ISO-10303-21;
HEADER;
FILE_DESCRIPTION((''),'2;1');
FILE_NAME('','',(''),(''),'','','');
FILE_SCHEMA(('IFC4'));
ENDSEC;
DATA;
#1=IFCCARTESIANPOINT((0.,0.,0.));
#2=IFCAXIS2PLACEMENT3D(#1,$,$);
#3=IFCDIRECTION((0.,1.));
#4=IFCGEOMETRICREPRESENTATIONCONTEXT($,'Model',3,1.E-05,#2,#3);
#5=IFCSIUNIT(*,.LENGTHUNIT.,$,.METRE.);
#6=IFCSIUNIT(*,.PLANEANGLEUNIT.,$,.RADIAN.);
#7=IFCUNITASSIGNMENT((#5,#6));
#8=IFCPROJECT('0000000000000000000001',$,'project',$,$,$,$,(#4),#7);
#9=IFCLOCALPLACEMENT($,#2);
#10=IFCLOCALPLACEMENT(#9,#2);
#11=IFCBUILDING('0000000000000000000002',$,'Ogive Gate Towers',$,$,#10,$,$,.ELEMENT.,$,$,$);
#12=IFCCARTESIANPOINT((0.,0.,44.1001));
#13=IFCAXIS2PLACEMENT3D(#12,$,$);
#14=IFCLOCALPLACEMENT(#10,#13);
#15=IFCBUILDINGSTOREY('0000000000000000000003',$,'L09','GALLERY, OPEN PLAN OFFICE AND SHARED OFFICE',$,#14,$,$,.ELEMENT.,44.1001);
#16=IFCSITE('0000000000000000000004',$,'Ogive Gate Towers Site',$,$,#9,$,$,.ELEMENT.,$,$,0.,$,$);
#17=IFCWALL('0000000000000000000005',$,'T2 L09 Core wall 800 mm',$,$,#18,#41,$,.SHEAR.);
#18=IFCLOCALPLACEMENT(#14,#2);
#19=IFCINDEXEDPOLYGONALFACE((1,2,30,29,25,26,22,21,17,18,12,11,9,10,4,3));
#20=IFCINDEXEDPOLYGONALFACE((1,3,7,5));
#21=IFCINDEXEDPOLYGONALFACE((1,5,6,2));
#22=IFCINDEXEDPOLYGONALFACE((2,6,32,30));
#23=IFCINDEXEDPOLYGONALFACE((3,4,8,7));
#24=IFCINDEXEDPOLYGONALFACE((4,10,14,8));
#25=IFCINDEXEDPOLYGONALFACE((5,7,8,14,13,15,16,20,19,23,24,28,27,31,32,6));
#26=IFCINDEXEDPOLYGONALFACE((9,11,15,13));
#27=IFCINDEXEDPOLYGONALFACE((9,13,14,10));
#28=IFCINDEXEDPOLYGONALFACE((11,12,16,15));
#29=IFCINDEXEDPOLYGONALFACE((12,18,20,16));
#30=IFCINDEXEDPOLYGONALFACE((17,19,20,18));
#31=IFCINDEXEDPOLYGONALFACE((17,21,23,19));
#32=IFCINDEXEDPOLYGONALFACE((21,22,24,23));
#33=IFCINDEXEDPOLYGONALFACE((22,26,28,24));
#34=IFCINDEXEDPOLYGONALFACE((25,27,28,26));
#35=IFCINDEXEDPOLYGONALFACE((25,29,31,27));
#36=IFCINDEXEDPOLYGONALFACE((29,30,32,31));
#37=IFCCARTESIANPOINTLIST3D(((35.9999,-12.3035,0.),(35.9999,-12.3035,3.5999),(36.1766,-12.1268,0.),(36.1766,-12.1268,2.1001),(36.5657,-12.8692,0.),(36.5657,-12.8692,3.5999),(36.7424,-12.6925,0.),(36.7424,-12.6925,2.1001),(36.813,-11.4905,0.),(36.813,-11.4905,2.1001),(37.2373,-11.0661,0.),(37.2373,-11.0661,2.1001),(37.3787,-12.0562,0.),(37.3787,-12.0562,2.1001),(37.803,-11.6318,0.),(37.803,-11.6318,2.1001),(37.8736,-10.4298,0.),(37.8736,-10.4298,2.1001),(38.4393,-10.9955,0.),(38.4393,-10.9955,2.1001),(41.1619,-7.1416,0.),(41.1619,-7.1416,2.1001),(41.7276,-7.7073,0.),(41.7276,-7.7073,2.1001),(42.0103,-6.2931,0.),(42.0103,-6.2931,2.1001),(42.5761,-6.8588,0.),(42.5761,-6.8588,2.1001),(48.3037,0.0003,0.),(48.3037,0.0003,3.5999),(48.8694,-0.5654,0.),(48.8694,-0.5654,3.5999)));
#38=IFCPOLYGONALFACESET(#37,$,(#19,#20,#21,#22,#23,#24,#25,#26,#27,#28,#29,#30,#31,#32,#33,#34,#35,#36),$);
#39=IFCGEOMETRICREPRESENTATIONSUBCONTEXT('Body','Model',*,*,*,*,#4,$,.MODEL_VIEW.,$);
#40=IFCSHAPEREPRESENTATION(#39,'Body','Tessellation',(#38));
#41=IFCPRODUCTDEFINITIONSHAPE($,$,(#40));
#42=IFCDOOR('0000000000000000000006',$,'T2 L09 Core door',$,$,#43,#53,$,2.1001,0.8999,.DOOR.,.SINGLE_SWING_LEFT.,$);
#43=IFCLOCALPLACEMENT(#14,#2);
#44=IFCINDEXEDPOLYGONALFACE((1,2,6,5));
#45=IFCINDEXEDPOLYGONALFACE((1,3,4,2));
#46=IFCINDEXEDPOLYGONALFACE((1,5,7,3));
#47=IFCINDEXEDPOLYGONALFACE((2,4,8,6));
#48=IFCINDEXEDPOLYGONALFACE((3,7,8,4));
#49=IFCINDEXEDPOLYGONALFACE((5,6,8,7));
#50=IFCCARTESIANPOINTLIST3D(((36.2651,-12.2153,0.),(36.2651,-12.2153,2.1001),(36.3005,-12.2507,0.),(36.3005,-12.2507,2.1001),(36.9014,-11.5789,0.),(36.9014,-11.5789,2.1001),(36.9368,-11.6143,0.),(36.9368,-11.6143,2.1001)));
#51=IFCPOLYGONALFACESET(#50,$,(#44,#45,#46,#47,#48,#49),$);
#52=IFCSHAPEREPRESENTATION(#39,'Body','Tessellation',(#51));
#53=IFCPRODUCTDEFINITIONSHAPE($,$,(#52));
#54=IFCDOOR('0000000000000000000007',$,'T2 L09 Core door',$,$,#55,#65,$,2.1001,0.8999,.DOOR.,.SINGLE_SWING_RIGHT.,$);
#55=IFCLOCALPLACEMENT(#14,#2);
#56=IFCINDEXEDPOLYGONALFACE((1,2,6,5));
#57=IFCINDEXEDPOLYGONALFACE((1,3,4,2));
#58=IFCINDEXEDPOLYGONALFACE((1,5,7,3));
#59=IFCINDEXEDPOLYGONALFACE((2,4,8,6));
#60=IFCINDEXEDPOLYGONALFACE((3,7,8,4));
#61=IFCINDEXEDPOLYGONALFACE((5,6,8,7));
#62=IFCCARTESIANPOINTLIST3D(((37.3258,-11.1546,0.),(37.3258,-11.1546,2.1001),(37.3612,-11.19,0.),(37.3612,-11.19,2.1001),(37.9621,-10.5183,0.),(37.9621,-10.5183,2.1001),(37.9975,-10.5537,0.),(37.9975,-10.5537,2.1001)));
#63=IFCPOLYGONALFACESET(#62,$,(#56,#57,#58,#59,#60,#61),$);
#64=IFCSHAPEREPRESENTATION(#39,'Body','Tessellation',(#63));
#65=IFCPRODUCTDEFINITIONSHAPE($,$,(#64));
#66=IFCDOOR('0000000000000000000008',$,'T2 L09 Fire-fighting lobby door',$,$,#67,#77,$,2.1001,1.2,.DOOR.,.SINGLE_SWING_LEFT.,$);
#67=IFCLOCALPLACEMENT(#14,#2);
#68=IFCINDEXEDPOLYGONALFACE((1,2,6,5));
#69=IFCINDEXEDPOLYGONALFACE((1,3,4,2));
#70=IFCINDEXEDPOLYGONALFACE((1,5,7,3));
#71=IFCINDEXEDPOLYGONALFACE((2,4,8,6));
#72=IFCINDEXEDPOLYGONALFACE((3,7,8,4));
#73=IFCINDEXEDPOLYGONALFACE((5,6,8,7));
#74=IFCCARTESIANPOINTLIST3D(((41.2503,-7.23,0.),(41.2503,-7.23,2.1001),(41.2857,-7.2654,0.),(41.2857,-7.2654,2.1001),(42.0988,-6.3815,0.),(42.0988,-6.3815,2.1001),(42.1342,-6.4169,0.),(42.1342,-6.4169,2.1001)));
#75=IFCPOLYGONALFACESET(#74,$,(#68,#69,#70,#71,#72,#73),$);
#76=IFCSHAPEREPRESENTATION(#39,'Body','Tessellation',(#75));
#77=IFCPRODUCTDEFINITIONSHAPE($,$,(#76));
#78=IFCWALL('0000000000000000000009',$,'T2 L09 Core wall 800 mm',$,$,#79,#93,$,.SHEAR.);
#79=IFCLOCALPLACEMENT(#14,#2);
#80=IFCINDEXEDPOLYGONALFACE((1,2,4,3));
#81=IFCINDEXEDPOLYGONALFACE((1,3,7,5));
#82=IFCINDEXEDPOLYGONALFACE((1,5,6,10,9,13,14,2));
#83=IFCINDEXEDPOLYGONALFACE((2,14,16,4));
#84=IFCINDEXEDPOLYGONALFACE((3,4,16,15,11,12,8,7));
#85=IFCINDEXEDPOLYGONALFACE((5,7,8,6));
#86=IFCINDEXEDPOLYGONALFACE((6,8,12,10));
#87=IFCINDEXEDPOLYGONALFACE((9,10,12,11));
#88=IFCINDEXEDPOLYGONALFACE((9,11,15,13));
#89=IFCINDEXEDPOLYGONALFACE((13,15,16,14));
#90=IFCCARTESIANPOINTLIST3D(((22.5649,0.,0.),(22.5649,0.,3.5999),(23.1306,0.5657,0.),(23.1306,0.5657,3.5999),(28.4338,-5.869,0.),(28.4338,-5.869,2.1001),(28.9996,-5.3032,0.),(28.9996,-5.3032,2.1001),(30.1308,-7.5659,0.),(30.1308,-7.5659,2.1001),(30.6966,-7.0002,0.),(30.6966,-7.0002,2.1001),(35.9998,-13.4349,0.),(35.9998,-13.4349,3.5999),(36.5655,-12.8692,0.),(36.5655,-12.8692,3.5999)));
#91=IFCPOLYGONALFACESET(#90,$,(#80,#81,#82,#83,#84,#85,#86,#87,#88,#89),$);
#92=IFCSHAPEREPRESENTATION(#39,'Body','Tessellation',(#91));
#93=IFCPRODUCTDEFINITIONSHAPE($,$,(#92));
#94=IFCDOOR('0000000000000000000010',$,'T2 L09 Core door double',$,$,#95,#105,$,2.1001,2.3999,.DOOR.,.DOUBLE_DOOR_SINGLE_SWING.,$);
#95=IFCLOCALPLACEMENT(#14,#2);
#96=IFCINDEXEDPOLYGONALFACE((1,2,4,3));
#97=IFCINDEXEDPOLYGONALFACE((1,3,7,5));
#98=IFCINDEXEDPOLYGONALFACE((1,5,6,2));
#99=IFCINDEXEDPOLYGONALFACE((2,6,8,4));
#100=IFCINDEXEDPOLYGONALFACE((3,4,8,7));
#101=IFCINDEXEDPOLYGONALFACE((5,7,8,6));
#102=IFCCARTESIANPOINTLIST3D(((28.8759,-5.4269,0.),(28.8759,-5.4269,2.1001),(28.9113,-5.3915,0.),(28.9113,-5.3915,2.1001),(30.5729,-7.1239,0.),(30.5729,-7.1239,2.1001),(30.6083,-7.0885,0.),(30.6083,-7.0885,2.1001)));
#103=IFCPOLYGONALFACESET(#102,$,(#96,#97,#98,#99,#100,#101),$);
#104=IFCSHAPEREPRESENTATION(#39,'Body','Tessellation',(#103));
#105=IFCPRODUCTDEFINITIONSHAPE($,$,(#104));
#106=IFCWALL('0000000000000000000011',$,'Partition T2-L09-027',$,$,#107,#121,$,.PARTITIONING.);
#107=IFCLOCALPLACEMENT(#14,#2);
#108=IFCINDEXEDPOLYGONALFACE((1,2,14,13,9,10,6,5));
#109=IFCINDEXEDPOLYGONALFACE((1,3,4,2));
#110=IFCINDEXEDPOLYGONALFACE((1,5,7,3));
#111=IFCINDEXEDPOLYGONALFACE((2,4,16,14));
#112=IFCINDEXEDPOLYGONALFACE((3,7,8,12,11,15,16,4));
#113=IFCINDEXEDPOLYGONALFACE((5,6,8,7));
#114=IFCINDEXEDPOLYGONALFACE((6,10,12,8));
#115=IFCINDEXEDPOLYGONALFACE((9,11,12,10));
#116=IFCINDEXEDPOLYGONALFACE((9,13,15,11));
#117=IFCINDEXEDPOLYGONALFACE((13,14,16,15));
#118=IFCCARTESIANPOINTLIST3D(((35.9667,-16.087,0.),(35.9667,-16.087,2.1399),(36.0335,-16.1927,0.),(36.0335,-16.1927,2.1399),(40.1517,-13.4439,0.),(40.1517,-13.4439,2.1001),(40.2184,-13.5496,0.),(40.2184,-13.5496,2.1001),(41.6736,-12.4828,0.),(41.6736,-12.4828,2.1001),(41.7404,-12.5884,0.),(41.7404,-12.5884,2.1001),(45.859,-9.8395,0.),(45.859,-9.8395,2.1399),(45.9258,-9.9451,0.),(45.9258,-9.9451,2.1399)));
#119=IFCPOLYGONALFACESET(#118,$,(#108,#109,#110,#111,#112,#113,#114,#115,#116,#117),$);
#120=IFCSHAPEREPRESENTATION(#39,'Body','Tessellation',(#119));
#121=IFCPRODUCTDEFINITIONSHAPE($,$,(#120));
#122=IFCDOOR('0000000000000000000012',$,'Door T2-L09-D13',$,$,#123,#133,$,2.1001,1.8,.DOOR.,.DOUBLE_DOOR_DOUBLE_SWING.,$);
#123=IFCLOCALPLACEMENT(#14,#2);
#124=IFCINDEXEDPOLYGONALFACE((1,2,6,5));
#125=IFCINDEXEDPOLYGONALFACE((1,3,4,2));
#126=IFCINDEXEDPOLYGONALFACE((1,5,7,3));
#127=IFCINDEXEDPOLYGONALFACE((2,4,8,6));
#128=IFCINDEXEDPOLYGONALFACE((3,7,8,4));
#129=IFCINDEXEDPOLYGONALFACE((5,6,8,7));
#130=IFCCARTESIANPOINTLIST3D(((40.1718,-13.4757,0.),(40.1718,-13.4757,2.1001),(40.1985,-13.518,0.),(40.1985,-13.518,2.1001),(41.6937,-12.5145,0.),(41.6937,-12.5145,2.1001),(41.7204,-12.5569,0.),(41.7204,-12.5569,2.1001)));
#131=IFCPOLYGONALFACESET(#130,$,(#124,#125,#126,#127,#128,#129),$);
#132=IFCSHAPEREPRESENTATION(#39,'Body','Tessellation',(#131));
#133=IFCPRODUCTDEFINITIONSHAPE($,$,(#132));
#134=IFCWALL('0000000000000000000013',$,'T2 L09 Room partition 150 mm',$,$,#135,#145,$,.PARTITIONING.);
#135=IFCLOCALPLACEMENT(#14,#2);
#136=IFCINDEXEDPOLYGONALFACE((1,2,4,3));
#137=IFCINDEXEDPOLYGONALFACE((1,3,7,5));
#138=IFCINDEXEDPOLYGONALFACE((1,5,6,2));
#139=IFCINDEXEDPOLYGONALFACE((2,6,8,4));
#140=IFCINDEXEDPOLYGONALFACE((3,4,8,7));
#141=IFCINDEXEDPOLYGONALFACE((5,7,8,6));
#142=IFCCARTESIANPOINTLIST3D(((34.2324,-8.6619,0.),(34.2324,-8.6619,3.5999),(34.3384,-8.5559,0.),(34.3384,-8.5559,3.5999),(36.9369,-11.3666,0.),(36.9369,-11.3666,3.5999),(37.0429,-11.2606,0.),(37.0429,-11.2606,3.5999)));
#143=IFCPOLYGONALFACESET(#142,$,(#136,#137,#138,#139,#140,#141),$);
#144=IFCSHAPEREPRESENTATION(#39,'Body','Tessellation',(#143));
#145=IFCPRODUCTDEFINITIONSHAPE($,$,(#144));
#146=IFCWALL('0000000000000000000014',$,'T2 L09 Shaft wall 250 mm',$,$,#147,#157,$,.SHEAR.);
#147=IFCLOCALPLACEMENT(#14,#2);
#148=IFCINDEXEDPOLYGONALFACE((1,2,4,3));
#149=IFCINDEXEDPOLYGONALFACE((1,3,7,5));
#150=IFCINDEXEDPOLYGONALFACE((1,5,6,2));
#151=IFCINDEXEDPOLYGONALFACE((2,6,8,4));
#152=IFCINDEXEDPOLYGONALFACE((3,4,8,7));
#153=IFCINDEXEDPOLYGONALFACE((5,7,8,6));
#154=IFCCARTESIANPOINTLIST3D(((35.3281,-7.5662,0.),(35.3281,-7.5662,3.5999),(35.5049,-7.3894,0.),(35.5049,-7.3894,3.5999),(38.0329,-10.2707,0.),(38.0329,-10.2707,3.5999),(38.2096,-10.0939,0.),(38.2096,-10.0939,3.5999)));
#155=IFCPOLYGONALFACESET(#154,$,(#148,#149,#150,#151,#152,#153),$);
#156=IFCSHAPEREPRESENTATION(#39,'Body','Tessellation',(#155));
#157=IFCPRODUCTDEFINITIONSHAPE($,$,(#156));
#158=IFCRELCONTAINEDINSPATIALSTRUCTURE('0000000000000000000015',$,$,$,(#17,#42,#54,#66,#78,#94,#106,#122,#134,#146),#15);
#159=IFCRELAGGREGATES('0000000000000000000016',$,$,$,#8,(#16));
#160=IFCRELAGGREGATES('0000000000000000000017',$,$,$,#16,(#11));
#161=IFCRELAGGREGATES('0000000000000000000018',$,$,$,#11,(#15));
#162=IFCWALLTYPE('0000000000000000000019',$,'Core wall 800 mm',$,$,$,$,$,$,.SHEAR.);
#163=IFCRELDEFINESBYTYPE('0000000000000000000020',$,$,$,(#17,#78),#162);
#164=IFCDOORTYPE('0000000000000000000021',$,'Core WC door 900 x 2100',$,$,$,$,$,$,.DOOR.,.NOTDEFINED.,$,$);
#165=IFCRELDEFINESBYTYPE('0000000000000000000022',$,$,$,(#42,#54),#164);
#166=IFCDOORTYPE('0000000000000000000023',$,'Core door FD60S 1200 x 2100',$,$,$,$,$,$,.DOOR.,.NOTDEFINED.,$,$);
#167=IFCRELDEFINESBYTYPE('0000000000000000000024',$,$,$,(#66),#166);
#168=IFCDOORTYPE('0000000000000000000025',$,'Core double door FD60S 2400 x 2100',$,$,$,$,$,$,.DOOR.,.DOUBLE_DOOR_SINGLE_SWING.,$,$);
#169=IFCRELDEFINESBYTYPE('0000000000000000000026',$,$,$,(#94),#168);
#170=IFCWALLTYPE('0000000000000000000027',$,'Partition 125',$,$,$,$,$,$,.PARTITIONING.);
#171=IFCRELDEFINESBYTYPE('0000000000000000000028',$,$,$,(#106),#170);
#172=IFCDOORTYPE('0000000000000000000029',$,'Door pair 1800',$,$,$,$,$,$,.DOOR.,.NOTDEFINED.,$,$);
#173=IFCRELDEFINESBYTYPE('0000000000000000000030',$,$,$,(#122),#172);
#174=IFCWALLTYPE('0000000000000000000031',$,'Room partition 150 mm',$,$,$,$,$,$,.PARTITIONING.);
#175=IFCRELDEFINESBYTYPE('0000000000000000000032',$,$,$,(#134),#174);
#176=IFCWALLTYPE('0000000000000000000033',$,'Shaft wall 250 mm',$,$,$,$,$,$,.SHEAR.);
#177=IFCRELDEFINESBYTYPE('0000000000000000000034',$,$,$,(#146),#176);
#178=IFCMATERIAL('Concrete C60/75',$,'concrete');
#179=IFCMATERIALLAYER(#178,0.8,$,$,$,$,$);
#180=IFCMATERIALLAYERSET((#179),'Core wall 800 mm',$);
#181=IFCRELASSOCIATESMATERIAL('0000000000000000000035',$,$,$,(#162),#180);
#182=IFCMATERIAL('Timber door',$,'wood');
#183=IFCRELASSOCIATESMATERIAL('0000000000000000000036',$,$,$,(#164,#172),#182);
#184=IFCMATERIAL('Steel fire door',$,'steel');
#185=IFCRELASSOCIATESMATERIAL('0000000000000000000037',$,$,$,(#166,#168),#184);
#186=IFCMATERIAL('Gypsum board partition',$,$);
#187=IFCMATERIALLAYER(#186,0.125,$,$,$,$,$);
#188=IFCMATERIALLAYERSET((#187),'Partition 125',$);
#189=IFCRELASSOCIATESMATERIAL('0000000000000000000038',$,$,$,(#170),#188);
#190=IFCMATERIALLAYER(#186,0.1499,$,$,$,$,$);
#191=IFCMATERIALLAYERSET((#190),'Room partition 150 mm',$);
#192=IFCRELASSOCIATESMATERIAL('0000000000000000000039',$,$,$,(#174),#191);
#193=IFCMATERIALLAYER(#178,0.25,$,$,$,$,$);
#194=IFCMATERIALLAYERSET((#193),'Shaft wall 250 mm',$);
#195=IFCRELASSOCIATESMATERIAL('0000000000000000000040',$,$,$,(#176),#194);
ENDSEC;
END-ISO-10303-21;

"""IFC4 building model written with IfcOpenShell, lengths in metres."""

from ifc_helpers import new_model, si_unit, direction, frame, frame_2d, origin, place, context, subcontext, project, spatial, rectangle, extrude, material, layer, layer_set, type_object, element, fill, save


model = new_model("IFC4")

# Units and contexts
model_context = context("Model", 3, precision=1e-05, world=origin(), true_north=direction((0.0, 1.0)))
body_context = subcontext(model_context, "Body", "Model", "MODEL_VIEW")
ifc_project = project(units=[si_unit("LENGTHUNIT", "METRE"), si_unit("PLANEANGLEUNIT", "RADIAN")], contexts=[model_context])

# Site, building, storey
site_placement = place(None, origin())
site = spatial("IfcSite", under=ifc_project, at=site_placement, Name="Ogive Gate Towers Site", CompositionType="ELEMENT", RefElevation=0.0)
building_placement = place(site_placement, origin())
building = spatial("IfcBuilding", under=site, at=building_placement, Name="Ogive Gate Towers", CompositionType="ELEMENT")
storey_placement = place(building_placement, frame((0.0, 0.0, 44.1001)))
storey = spatial("IfcBuildingStorey", under=building, at=storey_placement, Name="L09", Description="GALLERY, OPEN PLAN OFFICE AND SHARED OFFICE", CompositionType="ELEMENT", Elevation=44.1001)

# Wall, openings, doors
ifc_material_1 = material(Name="Concrete C60/75", Category="concrete")
ifc_layer_1 = layer(ifc_material_1, 0.8)
ifc_layer_set_1 = layer_set([ifc_layer_1], Name="Core wall 800 mm")
wall_type_1 = type_object("IfcWallType", Name="Core wall 800 mm", PredefinedType="SHEAR", material=ifc_layer_set_1)
wall_1_placement = place(storey_placement, frame((36.2827, -12.5864, 0.0), z_axis=(0.0, 0.0, 1.0), x_axis=(0.707107, 0.707107, 0.0)))
wall_1 = element("IfcWall", 1, at=wall_1_placement, inside=storey, type_object=wall_type_1, Name="T2 L09 Core wall 800 mm", PredefinedType="SHEAR", context=body_context, shape_type="SweptSolid", body=[
    extrude(rectangle(XDim=17.4001, YDim=0.8, at=frame_2d((8.7002, 0.0))), origin(), (0.0, 0.0, 1.0), 3.5999),
])
opening_1_placement = place(wall_1_placement, frame((7.3, 0.0, 0.0)))
opening_1 = element("IfcOpeningElement", 2, at=opening_1_placement, cuts=wall_1, PredefinedType="OPENING", context=body_context, shape_type="SweptSolid", body=[
    extrude(rectangle(XDim=1.2, YDim=2.1001, at=frame_2d((0.6001, 1.05))), frame((0.0, 0.4102, 0.0), z_axis=(0.0, -1.0, 0.0), x_axis=(1.0, 0.0, 0.0)), (0.0, 0.0, 1.0), 0.8201),
])
opening_2_placement = place(wall_1_placement, frame((0.25, 0.0, 0.0)))
opening_2 = element("IfcOpeningElement", 3, at=opening_2_placement, cuts=wall_1, PredefinedType="OPENING", context=body_context, shape_type="SweptSolid", body=[
    extrude(rectangle(XDim=0.8999, YDim=2.1001, at=frame_2d((0.45, 1.05))), frame((0.0, 0.4102, 0.0), z_axis=(0.0, -1.0, 0.0), x_axis=(1.0, 0.0, 0.0)), (0.0, 0.0, 1.0), 0.8201),
])
opening_3_placement = place(wall_1_placement, frame((1.75, 0.0, 0.0)))
opening_3 = element("IfcOpeningElement", 4, at=opening_3_placement, cuts=wall_1, PredefinedType="OPENING", context=body_context, shape_type="SweptSolid", body=[
    extrude(rectangle(XDim=0.8999, YDim=2.1001, at=frame_2d((0.45, 1.05))), frame((0.0, 0.4102, 0.0), z_axis=(0.0, -1.0, 0.0), x_axis=(1.0, 0.0, 0.0)), (0.0, 0.0, 1.0), 0.8201),
])
ifc_material_2 = material(Name="Timber door", Category="wood")
door_type_1 = type_object("IfcDoorType", Name="Core WC door 900 x 2100", OperationType="NOTDEFINED", PredefinedType="DOOR", material=ifc_material_2)
door_1_placement = place(opening_2_placement, origin())
door_1 = element("IfcDoor", 5, at=door_1_placement, inside=storey, type_object=door_type_1, Name="T2 L09 Core door", OperationType="SINGLE_SWING_LEFT", OverallHeight=2.1001, OverallWidth=0.8999, PredefinedType="DOOR", context=body_context, shape_type="SweptSolid", body=[
    extrude(rectangle(XDim=0.8999, YDim=2.1001, at=frame_2d((0.45, 1.05))), frame((0.0, 0.2749, 0.0), z_axis=(0.0, -1.0, 0.0), x_axis=(1.0, 0.0, 0.0)), (0.0, 0.0, 1.0), 0.05),
])
fill(opening_2, door_1)
door_2_placement = place(opening_3_placement, origin())
door_2 = element("IfcDoor", 6, at=door_2_placement, inside=storey, type_object=door_type_1, Name="T2 L09 Core door", OperationType="SINGLE_SWING_RIGHT", OverallHeight=2.1001, OverallWidth=0.8999, PredefinedType="DOOR", context=body_context, shape_type="SweptSolid", body=[
    extrude(rectangle(XDim=0.8999, YDim=2.1001, at=frame_2d((0.45, 1.05))), frame((0.0, 0.2749, 0.0), z_axis=(0.0, -1.0, 0.0), x_axis=(1.0, 0.0, 0.0)), (0.0, 0.0, 1.0), 0.05),
])
fill(opening_3, door_2)
ifc_material_3 = material(Name="Steel fire door", Category="steel")
door_type_2 = type_object("IfcDoorType", Name="Core door FD60S 1200 x 2100", OperationType="NOTDEFINED", PredefinedType="DOOR", material=ifc_material_3)
door_3_placement = place(opening_1_placement, origin())
door_3 = element("IfcDoor", 7, at=door_3_placement, inside=storey, type_object=door_type_2, Name="T2 L09 Fire-fighting lobby door", OperationType="SINGLE_SWING_LEFT", OverallHeight=2.1001, OverallWidth=1.2, PredefinedType="DOOR", context=body_context, shape_type="SweptSolid", body=[
    extrude(rectangle(XDim=1.2, YDim=2.1001, at=frame_2d((0.6001, 1.05))), frame((0.0, 0.2749, 0.0), z_axis=(0.0, -1.0, 0.0), x_axis=(1.0, 0.0, 0.0)), (0.0, 0.0, 1.0), 0.05),
])
fill(opening_1, door_3)

# Walls, openings, doors
wall_2_placement = place(storey_placement, frame((36.2827, -13.1521, 0.0), z_axis=(0.0, 0.0, 1.0), x_axis=(-0.707107, 0.707107, 0.0)))
wall_2 = element("IfcWall", 8, at=wall_2_placement, inside=storey, type_object=wall_type_1, Name="T2 L09 Core wall 800 mm", PredefinedType="SHEAR", context=body_context, shape_type="SweptSolid", body=[
    extrude(rectangle(XDim=18.9998, YDim=0.8, at=frame_2d((9.5, 0.0))), origin(), (0.0, 0.0, 1.0), 3.5999),
])
opening_4_placement = place(wall_2_placement, frame((8.3, 0.0, 0.0)))
opening_4 = element("IfcOpeningElement", 9, at=opening_4_placement, cuts=wall_2, PredefinedType="OPENING", context=body_context, shape_type="SweptSolid", body=[
    extrude(rectangle(XDim=2.3999, YDim=2.1001, at=frame_2d((1.2, 1.05))), frame((0.0, 0.4102, 0.0), z_axis=(0.0, -1.0, 0.0), x_axis=(1.0, 0.0, 0.0)), (0.0, 0.0, 1.0), 0.8201),
])
door_type_3 = type_object("IfcDoorType", Name="Core double door FD60S 2400 x 2100", OperationType="DOUBLE_DOOR_SINGLE_SWING", PredefinedType="DOOR", material=ifc_material_3)
door_4_placement = place(opening_4_placement, origin())
door_4 = element("IfcDoor", 10, at=door_4_placement, inside=storey, type_object=door_type_3, Name="T2 L09 Core door double", OperationType="DOUBLE_DOOR_SINGLE_SWING", OverallHeight=2.1001, OverallWidth=2.3999, PredefinedType="DOOR", context=body_context, shape_type="SweptSolid", body=[
    extrude(rectangle(XDim=2.3999, YDim=2.1001, at=frame_2d((1.2, 1.05))), frame((0.0, -0.2251, 0.0), z_axis=(0.0, -1.0, 0.0), x_axis=(1.0, 0.0, 0.0)), (0.0, 0.0, 1.0), 0.05),
])
fill(opening_4, door_4)
ifc_material_4 = material(Name="Gypsum board partition")
ifc_layer_2 = layer(ifc_material_4, 0.125)
ifc_layer_set_2 = layer_set([ifc_layer_2], Name="Partition 125")
wall_type_2 = type_object("IfcWallType", Name="Partition 125", PredefinedType="PARTITIONING", material=ifc_layer_set_2)
wall_3_placement = place(storey_placement, frame((36.0, -16.1399, 0.0), z_axis=(0.0, 0.0, 1.0), x_axis=(0.845498, 0.533979, 0.0)))
wall_3 = element("IfcWall", 11, at=wall_3_placement, inside=storey, type_object=wall_type_2, Name="Partition T2-L09-027", PredefinedType="PARTITIONING", context=body_context, shape_type="SweptSolid", body=[
    extrude(rectangle(XDim=11.7, YDim=0.125, at=frame_2d((5.8501, 0.0))), origin(), (0.0, 0.0, 1.0), 2.1399),
])
opening_5_placement = place(wall_3_placement, frame((4.95, 0.0, 0.0)))
opening_5 = element("IfcOpeningElement", 12, at=opening_5_placement, cuts=wall_3, PredefinedType="OPENING", context=body_context, shape_type="SweptSolid", body=[
    extrude(rectangle(XDim=1.8, YDim=2.1001, at=frame_2d((0.8999, 1.05))), frame((0.0, 0.0725, 0.0), z_axis=(0.0, -1.0, 0.0), x_axis=(1.0, 0.0, 0.0)), (0.0, 0.0, 1.0), 0.145),
])
door_type_4 = type_object("IfcDoorType", Name="Door pair 1800", OperationType="NOTDEFINED", PredefinedType="DOOR", material=ifc_material_2)
door_5_placement = place(opening_5_placement, origin())
door_5 = element("IfcDoor", 13, at=door_5_placement, inside=storey, type_object=door_type_4, Name="Door T2-L09-D13", OperationType="DOUBLE_DOOR_DOUBLE_SWING", OverallHeight=2.1001, OverallWidth=1.8, PredefinedType="DOOR", context=body_context, shape_type="SweptSolid", body=[
    extrude(rectangle(XDim=1.8, YDim=2.1001, at=frame_2d((0.8999, 1.05))), frame((0.0, 0.0249, 0.0), z_axis=(0.0, -1.0, 0.0), x_axis=(1.0, 0.0, 0.0)), (0.0, 0.0, 1.0), 0.05),
])
fill(opening_5, door_5)

# Walls
ifc_layer_3 = layer(ifc_material_4, 0.1499)
ifc_layer_set_3 = layer_set([ifc_layer_3], Name="Room partition 150 mm")
wall_type_3 = type_object("IfcWallType", Name="Room partition 150 mm", PredefinedType="PARTITIONING", material=ifc_layer_set_3)
wall_4_placement = place(storey_placement, frame((36.99, -11.3137, 0.0), z_axis=(0.0, 0.0, 1.0), x_axis=(-0.707075, 0.707139, 0.0)))
element("IfcWall", 14, at=wall_4_placement, inside=storey, type_object=wall_type_3, Name="T2 L09 Room partition 150 mm", PredefinedType="PARTITIONING", context=body_context, shape_type="SweptSolid", body=[
    extrude(rectangle(XDim=3.825, YDim=0.1499, at=frame_2d((1.9126, 0.0))), origin(), (0.0, 0.0, 1.0), 3.5999),
])
ifc_layer_4 = layer(ifc_material_1, 0.25)
ifc_layer_set_4 = layer_set([ifc_layer_4], Name="Shaft wall 250 mm")
wall_type_4 = type_object("IfcWallType", Name="Shaft wall 250 mm", PredefinedType="SHEAR", material=ifc_layer_set_4)
wall_5_placement = place(storey_placement, frame((38.1213, -10.1824, 0.0), z_axis=(0.0, 0.0, 1.0), x_axis=(-0.707139, 0.707075, 0.0)))
element("IfcWall", 15, at=wall_5_placement, inside=storey, type_object=wall_type_4, Name="T2 L09 Shaft wall 250 mm", PredefinedType="SHEAR", context=body_context, shape_type="SweptSolid", body=[
    extrude(rectangle(XDim=3.825, YDim=0.25, at=frame_2d((1.9126, 0.0))), origin(), (0.0, 0.0, 1.0), 3.5999),
])

save(model, "model.ifc")
